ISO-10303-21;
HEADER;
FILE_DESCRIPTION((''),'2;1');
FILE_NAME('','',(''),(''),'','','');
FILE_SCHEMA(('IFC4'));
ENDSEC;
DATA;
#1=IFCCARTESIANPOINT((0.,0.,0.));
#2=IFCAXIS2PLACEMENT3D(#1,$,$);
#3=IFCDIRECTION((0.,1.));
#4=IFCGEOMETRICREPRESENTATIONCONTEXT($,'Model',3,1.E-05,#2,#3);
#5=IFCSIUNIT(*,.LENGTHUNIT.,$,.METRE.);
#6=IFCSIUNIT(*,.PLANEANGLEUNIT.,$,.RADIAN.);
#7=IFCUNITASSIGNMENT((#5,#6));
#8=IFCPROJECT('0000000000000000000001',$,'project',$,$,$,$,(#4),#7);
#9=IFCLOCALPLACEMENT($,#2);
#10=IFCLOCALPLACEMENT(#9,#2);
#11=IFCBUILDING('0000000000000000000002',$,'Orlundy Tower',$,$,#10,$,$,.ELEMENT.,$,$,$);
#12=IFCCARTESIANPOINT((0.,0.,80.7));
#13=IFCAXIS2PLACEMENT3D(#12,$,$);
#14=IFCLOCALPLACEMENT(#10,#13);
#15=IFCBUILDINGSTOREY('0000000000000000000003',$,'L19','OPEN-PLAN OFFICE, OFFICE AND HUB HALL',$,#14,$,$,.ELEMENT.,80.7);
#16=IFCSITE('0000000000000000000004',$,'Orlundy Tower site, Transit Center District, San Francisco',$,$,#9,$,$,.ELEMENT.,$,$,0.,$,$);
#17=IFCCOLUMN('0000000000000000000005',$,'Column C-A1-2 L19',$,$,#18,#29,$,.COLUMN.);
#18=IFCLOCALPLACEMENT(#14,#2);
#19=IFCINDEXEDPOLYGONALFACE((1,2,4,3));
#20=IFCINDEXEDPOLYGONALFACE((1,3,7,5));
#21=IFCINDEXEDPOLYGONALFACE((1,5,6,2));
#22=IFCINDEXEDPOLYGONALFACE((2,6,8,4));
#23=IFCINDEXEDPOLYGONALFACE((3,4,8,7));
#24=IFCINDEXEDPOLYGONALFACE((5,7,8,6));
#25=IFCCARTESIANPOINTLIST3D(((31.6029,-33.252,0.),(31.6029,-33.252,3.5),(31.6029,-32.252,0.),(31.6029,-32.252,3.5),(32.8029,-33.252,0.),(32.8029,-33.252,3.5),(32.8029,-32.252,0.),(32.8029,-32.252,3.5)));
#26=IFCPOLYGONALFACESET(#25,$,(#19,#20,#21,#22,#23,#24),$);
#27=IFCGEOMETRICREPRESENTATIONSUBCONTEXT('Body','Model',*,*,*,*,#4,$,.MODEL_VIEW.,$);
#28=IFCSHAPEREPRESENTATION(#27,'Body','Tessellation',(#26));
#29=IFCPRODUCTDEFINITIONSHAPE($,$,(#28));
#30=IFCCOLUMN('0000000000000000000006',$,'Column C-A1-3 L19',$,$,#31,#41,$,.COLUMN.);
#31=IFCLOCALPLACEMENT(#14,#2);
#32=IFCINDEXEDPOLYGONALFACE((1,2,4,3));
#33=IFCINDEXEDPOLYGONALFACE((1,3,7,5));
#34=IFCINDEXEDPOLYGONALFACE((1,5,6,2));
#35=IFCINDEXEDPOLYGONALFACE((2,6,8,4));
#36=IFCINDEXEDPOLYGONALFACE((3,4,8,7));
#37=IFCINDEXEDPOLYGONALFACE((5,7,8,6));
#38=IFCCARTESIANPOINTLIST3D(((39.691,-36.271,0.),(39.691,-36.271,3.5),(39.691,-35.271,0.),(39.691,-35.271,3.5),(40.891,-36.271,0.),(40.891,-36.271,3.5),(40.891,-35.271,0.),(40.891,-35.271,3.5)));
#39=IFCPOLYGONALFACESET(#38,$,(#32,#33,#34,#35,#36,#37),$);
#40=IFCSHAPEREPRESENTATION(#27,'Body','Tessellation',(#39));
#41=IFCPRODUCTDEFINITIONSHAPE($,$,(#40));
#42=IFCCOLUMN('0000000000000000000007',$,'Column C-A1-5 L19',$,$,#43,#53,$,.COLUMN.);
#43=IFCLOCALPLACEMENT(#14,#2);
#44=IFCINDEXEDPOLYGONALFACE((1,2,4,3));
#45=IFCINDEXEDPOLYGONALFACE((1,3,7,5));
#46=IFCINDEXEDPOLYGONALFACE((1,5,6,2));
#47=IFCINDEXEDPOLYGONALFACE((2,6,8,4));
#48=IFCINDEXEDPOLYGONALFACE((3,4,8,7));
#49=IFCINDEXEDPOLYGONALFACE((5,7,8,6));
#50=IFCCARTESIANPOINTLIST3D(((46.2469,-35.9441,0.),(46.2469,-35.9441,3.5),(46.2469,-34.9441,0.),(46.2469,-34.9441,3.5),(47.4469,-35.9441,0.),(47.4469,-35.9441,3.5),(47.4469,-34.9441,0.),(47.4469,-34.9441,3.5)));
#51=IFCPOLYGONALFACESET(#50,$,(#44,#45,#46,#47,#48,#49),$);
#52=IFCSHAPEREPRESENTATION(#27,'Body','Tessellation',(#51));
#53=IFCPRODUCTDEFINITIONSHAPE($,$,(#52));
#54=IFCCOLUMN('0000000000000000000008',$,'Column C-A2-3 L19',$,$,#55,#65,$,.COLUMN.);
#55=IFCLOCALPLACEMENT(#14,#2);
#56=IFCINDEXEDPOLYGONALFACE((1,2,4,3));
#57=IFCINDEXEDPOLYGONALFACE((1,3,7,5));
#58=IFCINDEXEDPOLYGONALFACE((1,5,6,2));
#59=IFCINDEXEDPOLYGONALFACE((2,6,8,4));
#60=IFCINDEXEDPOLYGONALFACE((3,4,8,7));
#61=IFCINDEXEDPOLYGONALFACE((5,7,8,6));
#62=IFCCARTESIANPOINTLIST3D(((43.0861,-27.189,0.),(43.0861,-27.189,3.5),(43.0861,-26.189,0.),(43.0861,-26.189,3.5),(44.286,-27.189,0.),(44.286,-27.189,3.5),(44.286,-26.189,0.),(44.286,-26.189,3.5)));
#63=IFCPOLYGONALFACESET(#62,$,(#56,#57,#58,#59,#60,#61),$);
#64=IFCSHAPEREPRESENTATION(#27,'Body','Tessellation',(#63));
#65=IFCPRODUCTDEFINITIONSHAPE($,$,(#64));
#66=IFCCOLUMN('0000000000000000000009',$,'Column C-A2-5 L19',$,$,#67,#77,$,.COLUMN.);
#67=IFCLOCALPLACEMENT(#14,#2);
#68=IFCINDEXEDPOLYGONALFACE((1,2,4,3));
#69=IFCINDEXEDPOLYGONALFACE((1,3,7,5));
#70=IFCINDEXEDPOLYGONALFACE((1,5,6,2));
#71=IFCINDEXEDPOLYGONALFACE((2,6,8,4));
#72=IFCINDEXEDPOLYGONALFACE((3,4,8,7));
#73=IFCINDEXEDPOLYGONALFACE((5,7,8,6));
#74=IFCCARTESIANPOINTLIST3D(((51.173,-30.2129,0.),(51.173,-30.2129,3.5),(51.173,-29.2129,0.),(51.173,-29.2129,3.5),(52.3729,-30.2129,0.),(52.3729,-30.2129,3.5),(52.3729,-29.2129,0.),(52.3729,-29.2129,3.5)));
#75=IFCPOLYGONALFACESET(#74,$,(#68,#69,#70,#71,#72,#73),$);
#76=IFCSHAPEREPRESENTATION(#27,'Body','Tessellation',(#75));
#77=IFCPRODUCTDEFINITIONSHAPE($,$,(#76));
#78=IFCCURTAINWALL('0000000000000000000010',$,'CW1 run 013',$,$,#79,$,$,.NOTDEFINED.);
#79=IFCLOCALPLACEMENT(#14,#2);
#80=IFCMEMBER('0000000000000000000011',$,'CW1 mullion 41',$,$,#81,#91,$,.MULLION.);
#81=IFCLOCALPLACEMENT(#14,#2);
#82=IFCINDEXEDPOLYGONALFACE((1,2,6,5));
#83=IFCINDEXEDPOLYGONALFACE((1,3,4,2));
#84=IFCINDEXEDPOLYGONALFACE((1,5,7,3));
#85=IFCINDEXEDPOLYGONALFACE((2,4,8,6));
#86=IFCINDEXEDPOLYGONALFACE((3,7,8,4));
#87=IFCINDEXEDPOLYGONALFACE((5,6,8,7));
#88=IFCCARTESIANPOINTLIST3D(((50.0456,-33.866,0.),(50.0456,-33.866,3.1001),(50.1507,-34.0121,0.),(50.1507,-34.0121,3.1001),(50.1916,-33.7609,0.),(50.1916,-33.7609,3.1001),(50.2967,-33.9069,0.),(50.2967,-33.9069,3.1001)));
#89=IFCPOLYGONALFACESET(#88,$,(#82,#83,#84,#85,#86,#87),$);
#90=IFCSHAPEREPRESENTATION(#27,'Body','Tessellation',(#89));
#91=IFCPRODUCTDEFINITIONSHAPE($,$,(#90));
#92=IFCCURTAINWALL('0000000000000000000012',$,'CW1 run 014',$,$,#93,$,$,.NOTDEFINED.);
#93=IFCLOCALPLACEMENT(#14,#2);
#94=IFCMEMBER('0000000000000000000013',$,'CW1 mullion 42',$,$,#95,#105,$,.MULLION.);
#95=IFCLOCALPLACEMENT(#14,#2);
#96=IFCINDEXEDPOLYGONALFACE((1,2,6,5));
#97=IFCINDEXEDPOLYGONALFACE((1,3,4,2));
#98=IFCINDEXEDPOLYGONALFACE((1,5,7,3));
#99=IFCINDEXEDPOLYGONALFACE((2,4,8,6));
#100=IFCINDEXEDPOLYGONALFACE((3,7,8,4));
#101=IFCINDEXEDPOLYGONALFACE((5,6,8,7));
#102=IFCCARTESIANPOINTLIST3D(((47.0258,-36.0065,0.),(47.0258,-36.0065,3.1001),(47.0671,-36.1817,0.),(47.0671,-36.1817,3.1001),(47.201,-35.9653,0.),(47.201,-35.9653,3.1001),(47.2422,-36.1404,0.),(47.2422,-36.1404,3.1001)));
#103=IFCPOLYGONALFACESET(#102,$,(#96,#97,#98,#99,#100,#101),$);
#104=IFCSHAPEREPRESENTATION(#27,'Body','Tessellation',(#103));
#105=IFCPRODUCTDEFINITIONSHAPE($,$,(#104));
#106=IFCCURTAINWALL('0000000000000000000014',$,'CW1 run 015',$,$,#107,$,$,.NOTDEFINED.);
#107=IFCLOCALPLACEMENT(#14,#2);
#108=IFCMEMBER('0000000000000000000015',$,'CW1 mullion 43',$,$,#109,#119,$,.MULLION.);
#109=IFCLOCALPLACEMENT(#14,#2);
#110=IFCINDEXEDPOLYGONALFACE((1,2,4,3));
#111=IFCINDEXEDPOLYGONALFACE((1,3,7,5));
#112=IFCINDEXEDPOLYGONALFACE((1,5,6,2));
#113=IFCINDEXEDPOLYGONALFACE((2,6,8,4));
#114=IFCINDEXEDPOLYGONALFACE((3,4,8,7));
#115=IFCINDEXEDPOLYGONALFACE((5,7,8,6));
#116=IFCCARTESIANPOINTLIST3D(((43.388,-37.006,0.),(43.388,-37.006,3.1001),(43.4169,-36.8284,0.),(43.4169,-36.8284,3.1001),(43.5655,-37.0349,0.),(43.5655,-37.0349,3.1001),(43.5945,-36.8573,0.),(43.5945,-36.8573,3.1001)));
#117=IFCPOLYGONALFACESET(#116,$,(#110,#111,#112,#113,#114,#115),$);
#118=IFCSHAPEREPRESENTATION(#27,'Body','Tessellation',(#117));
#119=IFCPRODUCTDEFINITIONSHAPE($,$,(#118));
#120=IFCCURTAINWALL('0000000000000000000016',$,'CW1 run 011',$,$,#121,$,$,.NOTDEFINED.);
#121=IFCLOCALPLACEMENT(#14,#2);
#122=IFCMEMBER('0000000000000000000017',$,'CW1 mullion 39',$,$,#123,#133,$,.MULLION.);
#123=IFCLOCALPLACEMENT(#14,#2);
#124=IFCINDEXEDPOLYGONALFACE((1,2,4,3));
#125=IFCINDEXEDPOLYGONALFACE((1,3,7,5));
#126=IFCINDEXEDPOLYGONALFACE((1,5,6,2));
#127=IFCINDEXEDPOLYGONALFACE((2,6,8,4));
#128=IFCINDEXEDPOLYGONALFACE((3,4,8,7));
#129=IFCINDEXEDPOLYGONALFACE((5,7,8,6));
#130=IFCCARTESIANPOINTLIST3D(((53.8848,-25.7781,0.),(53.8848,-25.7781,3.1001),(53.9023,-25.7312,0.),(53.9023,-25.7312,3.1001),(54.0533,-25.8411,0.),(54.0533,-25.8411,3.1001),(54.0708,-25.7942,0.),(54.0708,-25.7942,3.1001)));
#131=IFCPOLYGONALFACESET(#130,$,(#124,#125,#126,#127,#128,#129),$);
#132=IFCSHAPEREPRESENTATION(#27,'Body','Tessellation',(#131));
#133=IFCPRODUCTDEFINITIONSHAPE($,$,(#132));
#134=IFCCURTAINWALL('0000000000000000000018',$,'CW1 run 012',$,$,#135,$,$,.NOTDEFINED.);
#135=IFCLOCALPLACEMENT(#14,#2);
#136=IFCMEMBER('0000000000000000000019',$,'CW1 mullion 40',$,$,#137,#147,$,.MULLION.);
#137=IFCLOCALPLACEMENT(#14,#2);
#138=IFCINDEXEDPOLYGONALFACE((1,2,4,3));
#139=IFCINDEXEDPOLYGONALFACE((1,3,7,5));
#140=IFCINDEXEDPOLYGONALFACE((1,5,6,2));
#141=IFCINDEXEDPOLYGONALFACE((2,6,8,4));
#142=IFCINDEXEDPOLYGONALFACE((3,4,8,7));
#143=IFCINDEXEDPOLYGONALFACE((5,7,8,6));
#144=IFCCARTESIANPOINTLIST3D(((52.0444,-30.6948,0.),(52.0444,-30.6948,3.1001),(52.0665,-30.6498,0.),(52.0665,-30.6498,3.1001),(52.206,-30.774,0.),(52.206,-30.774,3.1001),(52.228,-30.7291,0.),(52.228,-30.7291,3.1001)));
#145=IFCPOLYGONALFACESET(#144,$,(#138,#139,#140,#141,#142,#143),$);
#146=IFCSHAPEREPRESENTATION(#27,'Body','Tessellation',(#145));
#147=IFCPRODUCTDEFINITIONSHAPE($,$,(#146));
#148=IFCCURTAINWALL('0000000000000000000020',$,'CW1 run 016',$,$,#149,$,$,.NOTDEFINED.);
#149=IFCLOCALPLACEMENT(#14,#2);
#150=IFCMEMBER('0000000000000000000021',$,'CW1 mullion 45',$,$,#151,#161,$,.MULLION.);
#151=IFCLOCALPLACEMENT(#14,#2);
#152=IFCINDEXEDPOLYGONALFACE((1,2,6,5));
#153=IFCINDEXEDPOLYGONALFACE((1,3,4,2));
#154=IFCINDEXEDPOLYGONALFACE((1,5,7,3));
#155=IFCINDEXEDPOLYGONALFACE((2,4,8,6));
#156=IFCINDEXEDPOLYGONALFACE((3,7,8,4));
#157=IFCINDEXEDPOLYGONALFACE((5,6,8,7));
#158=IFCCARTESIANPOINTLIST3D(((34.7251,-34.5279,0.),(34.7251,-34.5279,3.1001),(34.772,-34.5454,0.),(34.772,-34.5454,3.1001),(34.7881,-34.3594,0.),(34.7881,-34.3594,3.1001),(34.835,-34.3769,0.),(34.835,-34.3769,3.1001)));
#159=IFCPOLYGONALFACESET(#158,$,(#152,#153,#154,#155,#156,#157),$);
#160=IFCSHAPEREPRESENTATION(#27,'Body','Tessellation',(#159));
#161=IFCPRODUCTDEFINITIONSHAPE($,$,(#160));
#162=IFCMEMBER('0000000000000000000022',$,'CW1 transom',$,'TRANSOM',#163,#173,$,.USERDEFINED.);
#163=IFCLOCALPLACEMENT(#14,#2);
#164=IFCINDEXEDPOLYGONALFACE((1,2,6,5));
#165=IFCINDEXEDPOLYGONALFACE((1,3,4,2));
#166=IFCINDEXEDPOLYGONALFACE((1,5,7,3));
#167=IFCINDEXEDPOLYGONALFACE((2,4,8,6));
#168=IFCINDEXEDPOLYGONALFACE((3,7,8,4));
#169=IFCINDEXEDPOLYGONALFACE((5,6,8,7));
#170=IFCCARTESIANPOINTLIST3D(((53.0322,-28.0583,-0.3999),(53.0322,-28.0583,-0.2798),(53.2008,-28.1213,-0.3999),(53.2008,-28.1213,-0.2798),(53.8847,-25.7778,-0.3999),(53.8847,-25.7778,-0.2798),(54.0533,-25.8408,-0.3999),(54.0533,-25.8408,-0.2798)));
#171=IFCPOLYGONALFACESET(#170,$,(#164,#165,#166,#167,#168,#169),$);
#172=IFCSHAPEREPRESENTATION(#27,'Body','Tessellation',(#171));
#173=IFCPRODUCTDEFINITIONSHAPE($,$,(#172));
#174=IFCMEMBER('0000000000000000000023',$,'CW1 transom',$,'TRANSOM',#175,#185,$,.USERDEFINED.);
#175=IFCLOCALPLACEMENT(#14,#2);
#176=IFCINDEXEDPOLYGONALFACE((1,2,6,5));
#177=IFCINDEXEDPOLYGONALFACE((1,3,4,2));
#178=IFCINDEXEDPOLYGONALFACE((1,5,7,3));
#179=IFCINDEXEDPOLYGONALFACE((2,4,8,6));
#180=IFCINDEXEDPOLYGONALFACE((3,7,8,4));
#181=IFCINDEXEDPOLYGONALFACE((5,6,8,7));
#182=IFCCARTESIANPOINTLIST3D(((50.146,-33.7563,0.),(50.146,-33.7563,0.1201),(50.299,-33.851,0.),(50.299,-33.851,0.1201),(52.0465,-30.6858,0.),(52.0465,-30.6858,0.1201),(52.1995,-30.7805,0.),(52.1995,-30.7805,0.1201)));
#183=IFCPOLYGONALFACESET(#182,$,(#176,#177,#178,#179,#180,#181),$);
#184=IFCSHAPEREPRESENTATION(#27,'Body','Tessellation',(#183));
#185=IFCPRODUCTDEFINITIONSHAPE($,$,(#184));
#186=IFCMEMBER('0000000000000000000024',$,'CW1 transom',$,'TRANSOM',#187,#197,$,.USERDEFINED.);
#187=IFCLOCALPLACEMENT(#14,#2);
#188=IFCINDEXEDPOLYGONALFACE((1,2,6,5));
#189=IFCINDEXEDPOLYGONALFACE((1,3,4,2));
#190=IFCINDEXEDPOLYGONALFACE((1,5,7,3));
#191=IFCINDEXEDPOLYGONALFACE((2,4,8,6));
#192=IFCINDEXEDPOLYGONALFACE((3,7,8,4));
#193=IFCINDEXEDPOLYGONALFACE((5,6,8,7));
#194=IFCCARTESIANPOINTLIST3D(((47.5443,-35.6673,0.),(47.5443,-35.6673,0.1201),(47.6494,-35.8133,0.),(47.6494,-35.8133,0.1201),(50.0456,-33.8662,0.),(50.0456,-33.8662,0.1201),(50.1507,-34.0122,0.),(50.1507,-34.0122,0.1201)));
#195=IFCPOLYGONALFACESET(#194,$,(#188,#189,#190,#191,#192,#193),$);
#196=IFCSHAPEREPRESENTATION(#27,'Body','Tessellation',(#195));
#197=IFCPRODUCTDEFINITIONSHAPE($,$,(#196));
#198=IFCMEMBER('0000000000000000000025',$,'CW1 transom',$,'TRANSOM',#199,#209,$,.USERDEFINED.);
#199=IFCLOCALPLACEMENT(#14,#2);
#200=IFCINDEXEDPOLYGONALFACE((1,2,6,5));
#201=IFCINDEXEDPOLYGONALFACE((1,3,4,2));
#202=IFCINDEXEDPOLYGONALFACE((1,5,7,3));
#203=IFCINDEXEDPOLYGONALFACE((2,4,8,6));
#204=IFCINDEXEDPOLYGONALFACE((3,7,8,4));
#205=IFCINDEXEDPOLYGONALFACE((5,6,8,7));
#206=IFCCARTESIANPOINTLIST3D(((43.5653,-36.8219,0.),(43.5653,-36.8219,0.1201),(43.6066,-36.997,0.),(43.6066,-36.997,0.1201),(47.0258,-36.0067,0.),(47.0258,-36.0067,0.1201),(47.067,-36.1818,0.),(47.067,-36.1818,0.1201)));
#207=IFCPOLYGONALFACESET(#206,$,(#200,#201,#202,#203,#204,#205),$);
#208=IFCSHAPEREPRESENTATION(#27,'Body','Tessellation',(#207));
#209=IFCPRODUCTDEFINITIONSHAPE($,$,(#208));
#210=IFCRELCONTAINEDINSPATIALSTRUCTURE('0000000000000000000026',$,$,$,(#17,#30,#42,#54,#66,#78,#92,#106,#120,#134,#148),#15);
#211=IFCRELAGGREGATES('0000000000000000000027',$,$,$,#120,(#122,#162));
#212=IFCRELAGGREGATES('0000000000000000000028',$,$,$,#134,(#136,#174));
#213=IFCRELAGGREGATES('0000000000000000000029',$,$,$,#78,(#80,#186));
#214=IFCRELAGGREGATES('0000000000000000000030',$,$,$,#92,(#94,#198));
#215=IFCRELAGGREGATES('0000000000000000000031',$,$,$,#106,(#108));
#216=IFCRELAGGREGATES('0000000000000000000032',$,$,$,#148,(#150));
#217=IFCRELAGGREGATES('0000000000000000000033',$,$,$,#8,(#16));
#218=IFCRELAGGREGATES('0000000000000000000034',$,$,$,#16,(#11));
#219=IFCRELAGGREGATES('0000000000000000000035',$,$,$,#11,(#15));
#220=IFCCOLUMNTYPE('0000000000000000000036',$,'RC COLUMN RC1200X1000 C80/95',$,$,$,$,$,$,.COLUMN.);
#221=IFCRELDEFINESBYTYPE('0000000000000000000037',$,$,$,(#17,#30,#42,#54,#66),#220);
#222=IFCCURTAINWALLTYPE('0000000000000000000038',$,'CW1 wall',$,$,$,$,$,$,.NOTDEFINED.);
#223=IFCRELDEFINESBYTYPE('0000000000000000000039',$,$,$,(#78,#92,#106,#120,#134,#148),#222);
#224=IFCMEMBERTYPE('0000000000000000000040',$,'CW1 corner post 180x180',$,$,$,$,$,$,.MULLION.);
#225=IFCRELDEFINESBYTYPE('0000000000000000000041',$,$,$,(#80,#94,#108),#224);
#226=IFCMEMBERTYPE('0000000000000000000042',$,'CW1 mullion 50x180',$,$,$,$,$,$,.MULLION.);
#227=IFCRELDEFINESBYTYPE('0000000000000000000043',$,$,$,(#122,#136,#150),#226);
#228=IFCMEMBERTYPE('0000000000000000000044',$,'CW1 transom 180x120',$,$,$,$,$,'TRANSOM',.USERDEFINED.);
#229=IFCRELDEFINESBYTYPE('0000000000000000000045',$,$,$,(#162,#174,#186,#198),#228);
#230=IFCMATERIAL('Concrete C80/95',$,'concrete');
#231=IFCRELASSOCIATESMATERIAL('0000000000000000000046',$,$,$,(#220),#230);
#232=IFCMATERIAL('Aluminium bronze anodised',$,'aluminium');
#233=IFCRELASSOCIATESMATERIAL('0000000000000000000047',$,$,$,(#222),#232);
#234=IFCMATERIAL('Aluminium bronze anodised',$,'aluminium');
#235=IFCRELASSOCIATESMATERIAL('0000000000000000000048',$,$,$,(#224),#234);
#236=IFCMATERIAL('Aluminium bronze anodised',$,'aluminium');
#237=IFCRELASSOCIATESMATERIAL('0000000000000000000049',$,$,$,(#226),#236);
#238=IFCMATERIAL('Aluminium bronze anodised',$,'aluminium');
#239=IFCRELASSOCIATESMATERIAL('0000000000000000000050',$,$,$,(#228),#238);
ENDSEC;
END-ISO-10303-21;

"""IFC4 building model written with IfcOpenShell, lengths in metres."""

from ifc_helpers import new_model, si_unit, direction, frame, origin, origin_2d, place, context, subcontext, project, spatial, rectangle, extrude, material, material_profile, profile_set, type_object, element, aggregate, save


model = new_model("IFC4")

# Units and contexts
model_context = context("Model", 3, precision=1e-05, world=origin(), true_north=direction((0.0, 1.0)))
body_context = subcontext(model_context, "Body", "Model", "MODEL_VIEW")
ifc_project = project(units=[si_unit("LENGTHUNIT", "METRE"), si_unit("PLANEANGLEUNIT", "RADIAN")], contexts=[model_context])

# Site, building, storey
site_placement = place(None, origin())
site = spatial("IfcSite", under=ifc_project, at=site_placement, Name="Orlundy Tower site, Transit Center District, San Francisco", CompositionType="ELEMENT", RefElevation=0.0)
building_placement = place(site_placement, origin())
building = spatial("IfcBuilding", under=site, at=building_placement, Name="Orlundy Tower", CompositionType="ELEMENT")
storey_placement = place(building_placement, frame((0.0, 0.0, 80.7)))
storey = spatial("IfcBuildingStorey", under=building, at=storey_placement, Name="L19", Description="OPEN-PLAN OFFICE, OFFICE AND HUB HALL", CompositionType="ELEMENT", Elevation=80.7)

# Columns
ifc_material_1 = material(Name="Concrete C80/95", Category="concrete")
ifc_material_profile_1 = material_profile(ifc_material_1, rectangle(XDim=1.2, YDim=1.0, at=origin_2d()), Name="RC1200X1000")
ifc_profile_set_1 = profile_set([ifc_material_profile_1], Name="Concrete C80/95")
column_type = type_object("IfcColumnType", Name="RC COLUMN RC1200X1000 C80/95", PredefinedType="COLUMN", material=ifc_profile_set_1)
for number, where, z_axis, x_axis, name in (
    (1, (32.2029, -32.752, 0.0), (0.0, 0.0, 1.0), (1.0, 0.0, 0.0), "Column C-A1-2 L19"),
    (2, (40.291, -35.771, 0.0), (0.0, 0.0, 1.0), (1.0, 0.0, 0.0), "Column C-A1-3 L19"),
    (3, (46.8469, -35.4441, 0.0), (0.0, 0.0, 1.0), (1.0, 0.0, 0.0), "Column C-A1-5 L19"),
    (4, (43.686, -26.689, 0.0), (0.0, 0.0, 1.0), (1.0, 0.0, 0.0), "Column C-A2-3 L19"),
    (5, (51.7729, -29.7129, 0.0), (0.0, 0.0, 1.0), (1.0, 0.0, 0.0), "Column C-A2-5 L19"),
):
    element("IfcColumn", number, at=place(storey_placement, frame(where, z_axis=z_axis, x_axis=x_axis)), inside=storey, type_object=column_type, Name=name, PredefinedType="COLUMN", context=body_context, shape_type="SweptSolid", body=[
        extrude(rectangle(XDim=1.2, YDim=1.0, at=origin_2d()), origin(), (0.0, 0.0, 1.0), 3.5),
    ])

# Curtain walls, members
ifc_material_2 = material(Name="Aluminium bronze anodised", Category="aluminium")
curtain_wall_type = type_object("IfcCurtainWallType", Name="CW1 wall", PredefinedType="NOTDEFINED", material=ifc_material_2)
curtain_wall_1_placement = place(storey_placement, origin())
curtain_wall_1 = element("IfcCurtainWall", 6, at=curtain_wall_1_placement, inside=storey, type_object=curtain_wall_type, Name="CW1 run 013", PredefinedType="NOTDEFINED")
ifc_material_3 = material(Name="Aluminium bronze anodised", Category="aluminium")
ifc_material_profile_2 = material_profile(ifc_material_3, rectangle(XDim=0.1799, YDim=0.1799, at=origin_2d()), Name="CW1 corner post 180x180")
ifc_profile_set_2 = profile_set([ifc_material_profile_2], Name="Aluminium bronze anodised")
member_type_1 = type_object("IfcMemberType", Name="CW1 corner post 180x180", PredefinedType="MULLION", material=ifc_profile_set_2)
member_1_placement = place(storey_placement, frame((50.1711, -33.8865, 0.0), z_axis=(0.0, 0.0, 1.0), x_axis=(0.584347, -0.811504, 0.0)))
member_1 = element("IfcMember", 7, at=member_1_placement, type_object=member_type_1, Name="CW1 mullion 41", PredefinedType="MULLION", context=body_context, shape_type="SweptSolid", body=[
    extrude(rectangle(XDim=0.1799, YDim=0.1799, at=origin_2d()), origin(), (0.0, 0.0, 1.0), 3.1001),
])
curtain_wall_2_placement = place(storey_placement, origin())
curtain_wall_2 = element("IfcCurtainWall", 8, at=curtain_wall_2_placement, inside=storey, type_object=curtain_wall_type, Name="CW1 run 014", PredefinedType="NOTDEFINED")
member_2_placement = place(storey_placement, frame((47.134, -36.0735, 0.0), z_axis=(0.0, 0.0, 1.0), x_axis=(0.22931, -0.973353, 0.0)))
member_2 = element("IfcMember", 9, at=member_2_placement, type_object=member_type_1, Name="CW1 mullion 42", PredefinedType="MULLION", context=body_context, shape_type="SweptSolid", body=[
    extrude(rectangle(XDim=0.1799, YDim=0.1799, at=origin_2d()), origin(), (0.0, 0.0, 1.0), 3.1001),
])
curtain_wall_3_placement = place(storey_placement, origin())
curtain_wall_3 = element("IfcCurtainWall", 10, at=curtain_wall_3_placement, inside=storey, type_object=curtain_wall_type, Name="CW1 run 015", PredefinedType="NOTDEFINED")
member_3_placement = place(storey_placement, frame((43.4912, -36.9316, 0.0), z_axis=(0.0, 0.0, 1.0), x_axis=(-0.160767, -0.986992, 0.0)))
member_3 = element("IfcMember", 11, at=member_3_placement, type_object=member_type_1, Name="CW1 mullion 43", PredefinedType="MULLION", context=body_context, shape_type="SweptSolid", body=[
    extrude(rectangle(XDim=0.1799, YDim=0.1799, at=origin_2d()), origin(), (0.0, 0.0, 1.0), 3.1001),
])
curtain_wall_4_placement = place(storey_placement, origin())
curtain_wall_4 = element("IfcCurtainWall", 12, at=curtain_wall_4_placement, inside=storey, type_object=curtain_wall_type, Name="CW1 run 011", PredefinedType="NOTDEFINED")
ifc_material_4 = material(Name="Aluminium bronze anodised", Category="aluminium")
ifc_material_profile_3 = material_profile(ifc_material_4, rectangle(XDim=0.1799, YDim=0.05, at=origin_2d()), Name="CW1 mullion 50x180")
ifc_profile_set_3 = profile_set([ifc_material_profile_3], Name="Aluminium bronze anodised")
member_type_2 = type_object("IfcMemberType", Name="CW1 mullion 50x180", PredefinedType="MULLION", material=ifc_profile_set_3)
member_4_placement = place(storey_placement, frame((53.9778, -25.7861, 0.0), z_axis=(0.0, 0.0, 1.0), x_axis=(0.936677, -0.350194, 0.0)))
member_4 = element("IfcMember", 13, at=member_4_placement, type_object=member_type_2, Name="CW1 mullion 39", PredefinedType="MULLION", context=body_context, shape_type="SweptSolid", body=[
    extrude(rectangle(XDim=0.1799, YDim=0.05, at=origin_2d()), origin(), (0.0, 0.0, 1.0), 3.1001),
])
curtain_wall_5_placement = place(storey_placement, origin())
curtain_wall_5 = element("IfcCurtainWall", 14, at=curtain_wall_5_placement, inside=storey, type_object=curtain_wall_type, Name="CW1 run 012", PredefinedType="NOTDEFINED")
member_5_placement = place(storey_placement, frame((52.1362, -30.7119, 0.0), z_axis=(0.0, 0.0, 1.0), x_axis=(0.897814, -0.440374, 0.0)))
member_5 = element("IfcMember", 15, at=member_5_placement, type_object=member_type_2, Name="CW1 mullion 40", PredefinedType="MULLION", context=body_context, shape_type="SweptSolid", body=[
    extrude(rectangle(XDim=0.1799, YDim=0.05, at=origin_2d()), origin(), (0.0, 0.0, 1.0), 3.1001),
])
curtain_wall_6_placement = place(storey_placement, origin())
curtain_wall_6 = element("IfcCurtainWall", 16, at=curtain_wall_6_placement, inside=storey, type_object=curtain_wall_type, Name="CW1 run 016", PredefinedType="NOTDEFINED")
member_6_placement = place(storey_placement, frame((34.78, -34.4524, 0.0), z_axis=(0.0, 0.0, 1.0), x_axis=(-0.350219, -0.936668, 0.0)))
member_6 = element("IfcMember", 17, at=member_6_placement, type_object=member_type_2, Name="CW1 mullion 45", PredefinedType="MULLION", context=body_context, shape_type="SweptSolid", body=[
    extrude(rectangle(XDim=0.1799, YDim=0.05, at=origin_2d()), origin(), (0.0, 0.0, 1.0), 3.1001),
])

# Members
ifc_material_5 = material(Name="Aluminium bronze anodised", Category="aluminium")
ifc_material_profile_4 = material_profile(ifc_material_5, rectangle(XDim=0.1799, YDim=0.1201, at=origin_2d()), Name="CW1 transom 180x120")
ifc_profile_set_4 = profile_set([ifc_material_profile_4], Name="Aluminium bronze anodised")
member_type_3 = type_object("IfcMemberType", Name="CW1 transom 180x120", ElementType="TRANSOM", PredefinedType="USERDEFINED", material=ifc_profile_set_4)
member_7_placement = place(storey_placement, frame((53.969, -25.8093, -0.3398), z_axis=(-0.350167, -0.936687, 0.0), x_axis=(0.936687, -0.350167, 0.0)))
member_7 = element("IfcMember", 18, at=member_7_placement, type_object=member_type_3, Name="CW1 transom", ObjectType="TRANSOM", PredefinedType="USERDEFINED", context=body_context, shape_type="SweptSolid", body=[
    extrude(rectangle(XDim=0.1799, YDim=0.1201, at=origin_2d()), origin(), (0.0, 0.0, 1.0), 2.4346),
])
member_8_placement = place(storey_placement, frame((52.123, -30.7332, 0.0601), z_axis=(-0.526317, -0.850288, 0.0), x_axis=(0.850288, -0.526317, 0.0)))
member_8 = element("IfcMember", 19, at=member_8_placement, type_object=member_type_3, Name="CW1 transom", ObjectType="TRANSOM", PredefinedType="USERDEFINED", context=body_context, shape_type="SweptSolid", body=[
    extrude(rectangle(XDim=0.1799, YDim=0.1201, at=origin_2d()), origin(), (0.0, 0.0, 1.0), 3.6111),
])
member_9_placement = place(storey_placement, frame((50.0981, -33.9392, 0.0601), z_axis=(-0.811512, -0.584336, 0.0), x_axis=(0.584336, -0.811512, 0.0)))
member_9 = element("IfcMember", 20, at=member_9_placement, type_object=member_type_3, Name="CW1 transom", ObjectType="TRANSOM", PredefinedType="USERDEFINED", context=body_context, shape_type="SweptSolid", body=[
    extrude(rectangle(XDim=0.1799, YDim=0.1201, at=origin_2d()), origin(), (0.0, 0.0, 1.0), 3.0823),
])
member_10_placement = place(storey_placement, frame((47.0464, -36.0942, 0.0601), z_axis=(-0.973357, -0.229296, 0.0), x_axis=(0.229296, -0.973357, 0.0)))
member_10 = element("IfcMember", 21, at=member_10_placement, type_object=member_type_3, Name="CW1 transom", ObjectType="TRANSOM", PredefinedType="USERDEFINED", context=body_context, shape_type="SweptSolid", body=[
    extrude(rectangle(XDim=0.1799, YDim=0.1201, at=origin_2d()), origin(), (0.0, 0.0, 1.0), 3.5552),
])

aggregate(curtain_wall_4, [member_4, member_7])
aggregate(curtain_wall_5, [member_5, member_8])
aggregate(curtain_wall_1, [member_1, member_9])
aggregate(curtain_wall_2, [member_2, member_10])
aggregate(curtain_wall_3, [member_3])
aggregate(curtain_wall_6, [member_6])

save(model, "model.ifc")
